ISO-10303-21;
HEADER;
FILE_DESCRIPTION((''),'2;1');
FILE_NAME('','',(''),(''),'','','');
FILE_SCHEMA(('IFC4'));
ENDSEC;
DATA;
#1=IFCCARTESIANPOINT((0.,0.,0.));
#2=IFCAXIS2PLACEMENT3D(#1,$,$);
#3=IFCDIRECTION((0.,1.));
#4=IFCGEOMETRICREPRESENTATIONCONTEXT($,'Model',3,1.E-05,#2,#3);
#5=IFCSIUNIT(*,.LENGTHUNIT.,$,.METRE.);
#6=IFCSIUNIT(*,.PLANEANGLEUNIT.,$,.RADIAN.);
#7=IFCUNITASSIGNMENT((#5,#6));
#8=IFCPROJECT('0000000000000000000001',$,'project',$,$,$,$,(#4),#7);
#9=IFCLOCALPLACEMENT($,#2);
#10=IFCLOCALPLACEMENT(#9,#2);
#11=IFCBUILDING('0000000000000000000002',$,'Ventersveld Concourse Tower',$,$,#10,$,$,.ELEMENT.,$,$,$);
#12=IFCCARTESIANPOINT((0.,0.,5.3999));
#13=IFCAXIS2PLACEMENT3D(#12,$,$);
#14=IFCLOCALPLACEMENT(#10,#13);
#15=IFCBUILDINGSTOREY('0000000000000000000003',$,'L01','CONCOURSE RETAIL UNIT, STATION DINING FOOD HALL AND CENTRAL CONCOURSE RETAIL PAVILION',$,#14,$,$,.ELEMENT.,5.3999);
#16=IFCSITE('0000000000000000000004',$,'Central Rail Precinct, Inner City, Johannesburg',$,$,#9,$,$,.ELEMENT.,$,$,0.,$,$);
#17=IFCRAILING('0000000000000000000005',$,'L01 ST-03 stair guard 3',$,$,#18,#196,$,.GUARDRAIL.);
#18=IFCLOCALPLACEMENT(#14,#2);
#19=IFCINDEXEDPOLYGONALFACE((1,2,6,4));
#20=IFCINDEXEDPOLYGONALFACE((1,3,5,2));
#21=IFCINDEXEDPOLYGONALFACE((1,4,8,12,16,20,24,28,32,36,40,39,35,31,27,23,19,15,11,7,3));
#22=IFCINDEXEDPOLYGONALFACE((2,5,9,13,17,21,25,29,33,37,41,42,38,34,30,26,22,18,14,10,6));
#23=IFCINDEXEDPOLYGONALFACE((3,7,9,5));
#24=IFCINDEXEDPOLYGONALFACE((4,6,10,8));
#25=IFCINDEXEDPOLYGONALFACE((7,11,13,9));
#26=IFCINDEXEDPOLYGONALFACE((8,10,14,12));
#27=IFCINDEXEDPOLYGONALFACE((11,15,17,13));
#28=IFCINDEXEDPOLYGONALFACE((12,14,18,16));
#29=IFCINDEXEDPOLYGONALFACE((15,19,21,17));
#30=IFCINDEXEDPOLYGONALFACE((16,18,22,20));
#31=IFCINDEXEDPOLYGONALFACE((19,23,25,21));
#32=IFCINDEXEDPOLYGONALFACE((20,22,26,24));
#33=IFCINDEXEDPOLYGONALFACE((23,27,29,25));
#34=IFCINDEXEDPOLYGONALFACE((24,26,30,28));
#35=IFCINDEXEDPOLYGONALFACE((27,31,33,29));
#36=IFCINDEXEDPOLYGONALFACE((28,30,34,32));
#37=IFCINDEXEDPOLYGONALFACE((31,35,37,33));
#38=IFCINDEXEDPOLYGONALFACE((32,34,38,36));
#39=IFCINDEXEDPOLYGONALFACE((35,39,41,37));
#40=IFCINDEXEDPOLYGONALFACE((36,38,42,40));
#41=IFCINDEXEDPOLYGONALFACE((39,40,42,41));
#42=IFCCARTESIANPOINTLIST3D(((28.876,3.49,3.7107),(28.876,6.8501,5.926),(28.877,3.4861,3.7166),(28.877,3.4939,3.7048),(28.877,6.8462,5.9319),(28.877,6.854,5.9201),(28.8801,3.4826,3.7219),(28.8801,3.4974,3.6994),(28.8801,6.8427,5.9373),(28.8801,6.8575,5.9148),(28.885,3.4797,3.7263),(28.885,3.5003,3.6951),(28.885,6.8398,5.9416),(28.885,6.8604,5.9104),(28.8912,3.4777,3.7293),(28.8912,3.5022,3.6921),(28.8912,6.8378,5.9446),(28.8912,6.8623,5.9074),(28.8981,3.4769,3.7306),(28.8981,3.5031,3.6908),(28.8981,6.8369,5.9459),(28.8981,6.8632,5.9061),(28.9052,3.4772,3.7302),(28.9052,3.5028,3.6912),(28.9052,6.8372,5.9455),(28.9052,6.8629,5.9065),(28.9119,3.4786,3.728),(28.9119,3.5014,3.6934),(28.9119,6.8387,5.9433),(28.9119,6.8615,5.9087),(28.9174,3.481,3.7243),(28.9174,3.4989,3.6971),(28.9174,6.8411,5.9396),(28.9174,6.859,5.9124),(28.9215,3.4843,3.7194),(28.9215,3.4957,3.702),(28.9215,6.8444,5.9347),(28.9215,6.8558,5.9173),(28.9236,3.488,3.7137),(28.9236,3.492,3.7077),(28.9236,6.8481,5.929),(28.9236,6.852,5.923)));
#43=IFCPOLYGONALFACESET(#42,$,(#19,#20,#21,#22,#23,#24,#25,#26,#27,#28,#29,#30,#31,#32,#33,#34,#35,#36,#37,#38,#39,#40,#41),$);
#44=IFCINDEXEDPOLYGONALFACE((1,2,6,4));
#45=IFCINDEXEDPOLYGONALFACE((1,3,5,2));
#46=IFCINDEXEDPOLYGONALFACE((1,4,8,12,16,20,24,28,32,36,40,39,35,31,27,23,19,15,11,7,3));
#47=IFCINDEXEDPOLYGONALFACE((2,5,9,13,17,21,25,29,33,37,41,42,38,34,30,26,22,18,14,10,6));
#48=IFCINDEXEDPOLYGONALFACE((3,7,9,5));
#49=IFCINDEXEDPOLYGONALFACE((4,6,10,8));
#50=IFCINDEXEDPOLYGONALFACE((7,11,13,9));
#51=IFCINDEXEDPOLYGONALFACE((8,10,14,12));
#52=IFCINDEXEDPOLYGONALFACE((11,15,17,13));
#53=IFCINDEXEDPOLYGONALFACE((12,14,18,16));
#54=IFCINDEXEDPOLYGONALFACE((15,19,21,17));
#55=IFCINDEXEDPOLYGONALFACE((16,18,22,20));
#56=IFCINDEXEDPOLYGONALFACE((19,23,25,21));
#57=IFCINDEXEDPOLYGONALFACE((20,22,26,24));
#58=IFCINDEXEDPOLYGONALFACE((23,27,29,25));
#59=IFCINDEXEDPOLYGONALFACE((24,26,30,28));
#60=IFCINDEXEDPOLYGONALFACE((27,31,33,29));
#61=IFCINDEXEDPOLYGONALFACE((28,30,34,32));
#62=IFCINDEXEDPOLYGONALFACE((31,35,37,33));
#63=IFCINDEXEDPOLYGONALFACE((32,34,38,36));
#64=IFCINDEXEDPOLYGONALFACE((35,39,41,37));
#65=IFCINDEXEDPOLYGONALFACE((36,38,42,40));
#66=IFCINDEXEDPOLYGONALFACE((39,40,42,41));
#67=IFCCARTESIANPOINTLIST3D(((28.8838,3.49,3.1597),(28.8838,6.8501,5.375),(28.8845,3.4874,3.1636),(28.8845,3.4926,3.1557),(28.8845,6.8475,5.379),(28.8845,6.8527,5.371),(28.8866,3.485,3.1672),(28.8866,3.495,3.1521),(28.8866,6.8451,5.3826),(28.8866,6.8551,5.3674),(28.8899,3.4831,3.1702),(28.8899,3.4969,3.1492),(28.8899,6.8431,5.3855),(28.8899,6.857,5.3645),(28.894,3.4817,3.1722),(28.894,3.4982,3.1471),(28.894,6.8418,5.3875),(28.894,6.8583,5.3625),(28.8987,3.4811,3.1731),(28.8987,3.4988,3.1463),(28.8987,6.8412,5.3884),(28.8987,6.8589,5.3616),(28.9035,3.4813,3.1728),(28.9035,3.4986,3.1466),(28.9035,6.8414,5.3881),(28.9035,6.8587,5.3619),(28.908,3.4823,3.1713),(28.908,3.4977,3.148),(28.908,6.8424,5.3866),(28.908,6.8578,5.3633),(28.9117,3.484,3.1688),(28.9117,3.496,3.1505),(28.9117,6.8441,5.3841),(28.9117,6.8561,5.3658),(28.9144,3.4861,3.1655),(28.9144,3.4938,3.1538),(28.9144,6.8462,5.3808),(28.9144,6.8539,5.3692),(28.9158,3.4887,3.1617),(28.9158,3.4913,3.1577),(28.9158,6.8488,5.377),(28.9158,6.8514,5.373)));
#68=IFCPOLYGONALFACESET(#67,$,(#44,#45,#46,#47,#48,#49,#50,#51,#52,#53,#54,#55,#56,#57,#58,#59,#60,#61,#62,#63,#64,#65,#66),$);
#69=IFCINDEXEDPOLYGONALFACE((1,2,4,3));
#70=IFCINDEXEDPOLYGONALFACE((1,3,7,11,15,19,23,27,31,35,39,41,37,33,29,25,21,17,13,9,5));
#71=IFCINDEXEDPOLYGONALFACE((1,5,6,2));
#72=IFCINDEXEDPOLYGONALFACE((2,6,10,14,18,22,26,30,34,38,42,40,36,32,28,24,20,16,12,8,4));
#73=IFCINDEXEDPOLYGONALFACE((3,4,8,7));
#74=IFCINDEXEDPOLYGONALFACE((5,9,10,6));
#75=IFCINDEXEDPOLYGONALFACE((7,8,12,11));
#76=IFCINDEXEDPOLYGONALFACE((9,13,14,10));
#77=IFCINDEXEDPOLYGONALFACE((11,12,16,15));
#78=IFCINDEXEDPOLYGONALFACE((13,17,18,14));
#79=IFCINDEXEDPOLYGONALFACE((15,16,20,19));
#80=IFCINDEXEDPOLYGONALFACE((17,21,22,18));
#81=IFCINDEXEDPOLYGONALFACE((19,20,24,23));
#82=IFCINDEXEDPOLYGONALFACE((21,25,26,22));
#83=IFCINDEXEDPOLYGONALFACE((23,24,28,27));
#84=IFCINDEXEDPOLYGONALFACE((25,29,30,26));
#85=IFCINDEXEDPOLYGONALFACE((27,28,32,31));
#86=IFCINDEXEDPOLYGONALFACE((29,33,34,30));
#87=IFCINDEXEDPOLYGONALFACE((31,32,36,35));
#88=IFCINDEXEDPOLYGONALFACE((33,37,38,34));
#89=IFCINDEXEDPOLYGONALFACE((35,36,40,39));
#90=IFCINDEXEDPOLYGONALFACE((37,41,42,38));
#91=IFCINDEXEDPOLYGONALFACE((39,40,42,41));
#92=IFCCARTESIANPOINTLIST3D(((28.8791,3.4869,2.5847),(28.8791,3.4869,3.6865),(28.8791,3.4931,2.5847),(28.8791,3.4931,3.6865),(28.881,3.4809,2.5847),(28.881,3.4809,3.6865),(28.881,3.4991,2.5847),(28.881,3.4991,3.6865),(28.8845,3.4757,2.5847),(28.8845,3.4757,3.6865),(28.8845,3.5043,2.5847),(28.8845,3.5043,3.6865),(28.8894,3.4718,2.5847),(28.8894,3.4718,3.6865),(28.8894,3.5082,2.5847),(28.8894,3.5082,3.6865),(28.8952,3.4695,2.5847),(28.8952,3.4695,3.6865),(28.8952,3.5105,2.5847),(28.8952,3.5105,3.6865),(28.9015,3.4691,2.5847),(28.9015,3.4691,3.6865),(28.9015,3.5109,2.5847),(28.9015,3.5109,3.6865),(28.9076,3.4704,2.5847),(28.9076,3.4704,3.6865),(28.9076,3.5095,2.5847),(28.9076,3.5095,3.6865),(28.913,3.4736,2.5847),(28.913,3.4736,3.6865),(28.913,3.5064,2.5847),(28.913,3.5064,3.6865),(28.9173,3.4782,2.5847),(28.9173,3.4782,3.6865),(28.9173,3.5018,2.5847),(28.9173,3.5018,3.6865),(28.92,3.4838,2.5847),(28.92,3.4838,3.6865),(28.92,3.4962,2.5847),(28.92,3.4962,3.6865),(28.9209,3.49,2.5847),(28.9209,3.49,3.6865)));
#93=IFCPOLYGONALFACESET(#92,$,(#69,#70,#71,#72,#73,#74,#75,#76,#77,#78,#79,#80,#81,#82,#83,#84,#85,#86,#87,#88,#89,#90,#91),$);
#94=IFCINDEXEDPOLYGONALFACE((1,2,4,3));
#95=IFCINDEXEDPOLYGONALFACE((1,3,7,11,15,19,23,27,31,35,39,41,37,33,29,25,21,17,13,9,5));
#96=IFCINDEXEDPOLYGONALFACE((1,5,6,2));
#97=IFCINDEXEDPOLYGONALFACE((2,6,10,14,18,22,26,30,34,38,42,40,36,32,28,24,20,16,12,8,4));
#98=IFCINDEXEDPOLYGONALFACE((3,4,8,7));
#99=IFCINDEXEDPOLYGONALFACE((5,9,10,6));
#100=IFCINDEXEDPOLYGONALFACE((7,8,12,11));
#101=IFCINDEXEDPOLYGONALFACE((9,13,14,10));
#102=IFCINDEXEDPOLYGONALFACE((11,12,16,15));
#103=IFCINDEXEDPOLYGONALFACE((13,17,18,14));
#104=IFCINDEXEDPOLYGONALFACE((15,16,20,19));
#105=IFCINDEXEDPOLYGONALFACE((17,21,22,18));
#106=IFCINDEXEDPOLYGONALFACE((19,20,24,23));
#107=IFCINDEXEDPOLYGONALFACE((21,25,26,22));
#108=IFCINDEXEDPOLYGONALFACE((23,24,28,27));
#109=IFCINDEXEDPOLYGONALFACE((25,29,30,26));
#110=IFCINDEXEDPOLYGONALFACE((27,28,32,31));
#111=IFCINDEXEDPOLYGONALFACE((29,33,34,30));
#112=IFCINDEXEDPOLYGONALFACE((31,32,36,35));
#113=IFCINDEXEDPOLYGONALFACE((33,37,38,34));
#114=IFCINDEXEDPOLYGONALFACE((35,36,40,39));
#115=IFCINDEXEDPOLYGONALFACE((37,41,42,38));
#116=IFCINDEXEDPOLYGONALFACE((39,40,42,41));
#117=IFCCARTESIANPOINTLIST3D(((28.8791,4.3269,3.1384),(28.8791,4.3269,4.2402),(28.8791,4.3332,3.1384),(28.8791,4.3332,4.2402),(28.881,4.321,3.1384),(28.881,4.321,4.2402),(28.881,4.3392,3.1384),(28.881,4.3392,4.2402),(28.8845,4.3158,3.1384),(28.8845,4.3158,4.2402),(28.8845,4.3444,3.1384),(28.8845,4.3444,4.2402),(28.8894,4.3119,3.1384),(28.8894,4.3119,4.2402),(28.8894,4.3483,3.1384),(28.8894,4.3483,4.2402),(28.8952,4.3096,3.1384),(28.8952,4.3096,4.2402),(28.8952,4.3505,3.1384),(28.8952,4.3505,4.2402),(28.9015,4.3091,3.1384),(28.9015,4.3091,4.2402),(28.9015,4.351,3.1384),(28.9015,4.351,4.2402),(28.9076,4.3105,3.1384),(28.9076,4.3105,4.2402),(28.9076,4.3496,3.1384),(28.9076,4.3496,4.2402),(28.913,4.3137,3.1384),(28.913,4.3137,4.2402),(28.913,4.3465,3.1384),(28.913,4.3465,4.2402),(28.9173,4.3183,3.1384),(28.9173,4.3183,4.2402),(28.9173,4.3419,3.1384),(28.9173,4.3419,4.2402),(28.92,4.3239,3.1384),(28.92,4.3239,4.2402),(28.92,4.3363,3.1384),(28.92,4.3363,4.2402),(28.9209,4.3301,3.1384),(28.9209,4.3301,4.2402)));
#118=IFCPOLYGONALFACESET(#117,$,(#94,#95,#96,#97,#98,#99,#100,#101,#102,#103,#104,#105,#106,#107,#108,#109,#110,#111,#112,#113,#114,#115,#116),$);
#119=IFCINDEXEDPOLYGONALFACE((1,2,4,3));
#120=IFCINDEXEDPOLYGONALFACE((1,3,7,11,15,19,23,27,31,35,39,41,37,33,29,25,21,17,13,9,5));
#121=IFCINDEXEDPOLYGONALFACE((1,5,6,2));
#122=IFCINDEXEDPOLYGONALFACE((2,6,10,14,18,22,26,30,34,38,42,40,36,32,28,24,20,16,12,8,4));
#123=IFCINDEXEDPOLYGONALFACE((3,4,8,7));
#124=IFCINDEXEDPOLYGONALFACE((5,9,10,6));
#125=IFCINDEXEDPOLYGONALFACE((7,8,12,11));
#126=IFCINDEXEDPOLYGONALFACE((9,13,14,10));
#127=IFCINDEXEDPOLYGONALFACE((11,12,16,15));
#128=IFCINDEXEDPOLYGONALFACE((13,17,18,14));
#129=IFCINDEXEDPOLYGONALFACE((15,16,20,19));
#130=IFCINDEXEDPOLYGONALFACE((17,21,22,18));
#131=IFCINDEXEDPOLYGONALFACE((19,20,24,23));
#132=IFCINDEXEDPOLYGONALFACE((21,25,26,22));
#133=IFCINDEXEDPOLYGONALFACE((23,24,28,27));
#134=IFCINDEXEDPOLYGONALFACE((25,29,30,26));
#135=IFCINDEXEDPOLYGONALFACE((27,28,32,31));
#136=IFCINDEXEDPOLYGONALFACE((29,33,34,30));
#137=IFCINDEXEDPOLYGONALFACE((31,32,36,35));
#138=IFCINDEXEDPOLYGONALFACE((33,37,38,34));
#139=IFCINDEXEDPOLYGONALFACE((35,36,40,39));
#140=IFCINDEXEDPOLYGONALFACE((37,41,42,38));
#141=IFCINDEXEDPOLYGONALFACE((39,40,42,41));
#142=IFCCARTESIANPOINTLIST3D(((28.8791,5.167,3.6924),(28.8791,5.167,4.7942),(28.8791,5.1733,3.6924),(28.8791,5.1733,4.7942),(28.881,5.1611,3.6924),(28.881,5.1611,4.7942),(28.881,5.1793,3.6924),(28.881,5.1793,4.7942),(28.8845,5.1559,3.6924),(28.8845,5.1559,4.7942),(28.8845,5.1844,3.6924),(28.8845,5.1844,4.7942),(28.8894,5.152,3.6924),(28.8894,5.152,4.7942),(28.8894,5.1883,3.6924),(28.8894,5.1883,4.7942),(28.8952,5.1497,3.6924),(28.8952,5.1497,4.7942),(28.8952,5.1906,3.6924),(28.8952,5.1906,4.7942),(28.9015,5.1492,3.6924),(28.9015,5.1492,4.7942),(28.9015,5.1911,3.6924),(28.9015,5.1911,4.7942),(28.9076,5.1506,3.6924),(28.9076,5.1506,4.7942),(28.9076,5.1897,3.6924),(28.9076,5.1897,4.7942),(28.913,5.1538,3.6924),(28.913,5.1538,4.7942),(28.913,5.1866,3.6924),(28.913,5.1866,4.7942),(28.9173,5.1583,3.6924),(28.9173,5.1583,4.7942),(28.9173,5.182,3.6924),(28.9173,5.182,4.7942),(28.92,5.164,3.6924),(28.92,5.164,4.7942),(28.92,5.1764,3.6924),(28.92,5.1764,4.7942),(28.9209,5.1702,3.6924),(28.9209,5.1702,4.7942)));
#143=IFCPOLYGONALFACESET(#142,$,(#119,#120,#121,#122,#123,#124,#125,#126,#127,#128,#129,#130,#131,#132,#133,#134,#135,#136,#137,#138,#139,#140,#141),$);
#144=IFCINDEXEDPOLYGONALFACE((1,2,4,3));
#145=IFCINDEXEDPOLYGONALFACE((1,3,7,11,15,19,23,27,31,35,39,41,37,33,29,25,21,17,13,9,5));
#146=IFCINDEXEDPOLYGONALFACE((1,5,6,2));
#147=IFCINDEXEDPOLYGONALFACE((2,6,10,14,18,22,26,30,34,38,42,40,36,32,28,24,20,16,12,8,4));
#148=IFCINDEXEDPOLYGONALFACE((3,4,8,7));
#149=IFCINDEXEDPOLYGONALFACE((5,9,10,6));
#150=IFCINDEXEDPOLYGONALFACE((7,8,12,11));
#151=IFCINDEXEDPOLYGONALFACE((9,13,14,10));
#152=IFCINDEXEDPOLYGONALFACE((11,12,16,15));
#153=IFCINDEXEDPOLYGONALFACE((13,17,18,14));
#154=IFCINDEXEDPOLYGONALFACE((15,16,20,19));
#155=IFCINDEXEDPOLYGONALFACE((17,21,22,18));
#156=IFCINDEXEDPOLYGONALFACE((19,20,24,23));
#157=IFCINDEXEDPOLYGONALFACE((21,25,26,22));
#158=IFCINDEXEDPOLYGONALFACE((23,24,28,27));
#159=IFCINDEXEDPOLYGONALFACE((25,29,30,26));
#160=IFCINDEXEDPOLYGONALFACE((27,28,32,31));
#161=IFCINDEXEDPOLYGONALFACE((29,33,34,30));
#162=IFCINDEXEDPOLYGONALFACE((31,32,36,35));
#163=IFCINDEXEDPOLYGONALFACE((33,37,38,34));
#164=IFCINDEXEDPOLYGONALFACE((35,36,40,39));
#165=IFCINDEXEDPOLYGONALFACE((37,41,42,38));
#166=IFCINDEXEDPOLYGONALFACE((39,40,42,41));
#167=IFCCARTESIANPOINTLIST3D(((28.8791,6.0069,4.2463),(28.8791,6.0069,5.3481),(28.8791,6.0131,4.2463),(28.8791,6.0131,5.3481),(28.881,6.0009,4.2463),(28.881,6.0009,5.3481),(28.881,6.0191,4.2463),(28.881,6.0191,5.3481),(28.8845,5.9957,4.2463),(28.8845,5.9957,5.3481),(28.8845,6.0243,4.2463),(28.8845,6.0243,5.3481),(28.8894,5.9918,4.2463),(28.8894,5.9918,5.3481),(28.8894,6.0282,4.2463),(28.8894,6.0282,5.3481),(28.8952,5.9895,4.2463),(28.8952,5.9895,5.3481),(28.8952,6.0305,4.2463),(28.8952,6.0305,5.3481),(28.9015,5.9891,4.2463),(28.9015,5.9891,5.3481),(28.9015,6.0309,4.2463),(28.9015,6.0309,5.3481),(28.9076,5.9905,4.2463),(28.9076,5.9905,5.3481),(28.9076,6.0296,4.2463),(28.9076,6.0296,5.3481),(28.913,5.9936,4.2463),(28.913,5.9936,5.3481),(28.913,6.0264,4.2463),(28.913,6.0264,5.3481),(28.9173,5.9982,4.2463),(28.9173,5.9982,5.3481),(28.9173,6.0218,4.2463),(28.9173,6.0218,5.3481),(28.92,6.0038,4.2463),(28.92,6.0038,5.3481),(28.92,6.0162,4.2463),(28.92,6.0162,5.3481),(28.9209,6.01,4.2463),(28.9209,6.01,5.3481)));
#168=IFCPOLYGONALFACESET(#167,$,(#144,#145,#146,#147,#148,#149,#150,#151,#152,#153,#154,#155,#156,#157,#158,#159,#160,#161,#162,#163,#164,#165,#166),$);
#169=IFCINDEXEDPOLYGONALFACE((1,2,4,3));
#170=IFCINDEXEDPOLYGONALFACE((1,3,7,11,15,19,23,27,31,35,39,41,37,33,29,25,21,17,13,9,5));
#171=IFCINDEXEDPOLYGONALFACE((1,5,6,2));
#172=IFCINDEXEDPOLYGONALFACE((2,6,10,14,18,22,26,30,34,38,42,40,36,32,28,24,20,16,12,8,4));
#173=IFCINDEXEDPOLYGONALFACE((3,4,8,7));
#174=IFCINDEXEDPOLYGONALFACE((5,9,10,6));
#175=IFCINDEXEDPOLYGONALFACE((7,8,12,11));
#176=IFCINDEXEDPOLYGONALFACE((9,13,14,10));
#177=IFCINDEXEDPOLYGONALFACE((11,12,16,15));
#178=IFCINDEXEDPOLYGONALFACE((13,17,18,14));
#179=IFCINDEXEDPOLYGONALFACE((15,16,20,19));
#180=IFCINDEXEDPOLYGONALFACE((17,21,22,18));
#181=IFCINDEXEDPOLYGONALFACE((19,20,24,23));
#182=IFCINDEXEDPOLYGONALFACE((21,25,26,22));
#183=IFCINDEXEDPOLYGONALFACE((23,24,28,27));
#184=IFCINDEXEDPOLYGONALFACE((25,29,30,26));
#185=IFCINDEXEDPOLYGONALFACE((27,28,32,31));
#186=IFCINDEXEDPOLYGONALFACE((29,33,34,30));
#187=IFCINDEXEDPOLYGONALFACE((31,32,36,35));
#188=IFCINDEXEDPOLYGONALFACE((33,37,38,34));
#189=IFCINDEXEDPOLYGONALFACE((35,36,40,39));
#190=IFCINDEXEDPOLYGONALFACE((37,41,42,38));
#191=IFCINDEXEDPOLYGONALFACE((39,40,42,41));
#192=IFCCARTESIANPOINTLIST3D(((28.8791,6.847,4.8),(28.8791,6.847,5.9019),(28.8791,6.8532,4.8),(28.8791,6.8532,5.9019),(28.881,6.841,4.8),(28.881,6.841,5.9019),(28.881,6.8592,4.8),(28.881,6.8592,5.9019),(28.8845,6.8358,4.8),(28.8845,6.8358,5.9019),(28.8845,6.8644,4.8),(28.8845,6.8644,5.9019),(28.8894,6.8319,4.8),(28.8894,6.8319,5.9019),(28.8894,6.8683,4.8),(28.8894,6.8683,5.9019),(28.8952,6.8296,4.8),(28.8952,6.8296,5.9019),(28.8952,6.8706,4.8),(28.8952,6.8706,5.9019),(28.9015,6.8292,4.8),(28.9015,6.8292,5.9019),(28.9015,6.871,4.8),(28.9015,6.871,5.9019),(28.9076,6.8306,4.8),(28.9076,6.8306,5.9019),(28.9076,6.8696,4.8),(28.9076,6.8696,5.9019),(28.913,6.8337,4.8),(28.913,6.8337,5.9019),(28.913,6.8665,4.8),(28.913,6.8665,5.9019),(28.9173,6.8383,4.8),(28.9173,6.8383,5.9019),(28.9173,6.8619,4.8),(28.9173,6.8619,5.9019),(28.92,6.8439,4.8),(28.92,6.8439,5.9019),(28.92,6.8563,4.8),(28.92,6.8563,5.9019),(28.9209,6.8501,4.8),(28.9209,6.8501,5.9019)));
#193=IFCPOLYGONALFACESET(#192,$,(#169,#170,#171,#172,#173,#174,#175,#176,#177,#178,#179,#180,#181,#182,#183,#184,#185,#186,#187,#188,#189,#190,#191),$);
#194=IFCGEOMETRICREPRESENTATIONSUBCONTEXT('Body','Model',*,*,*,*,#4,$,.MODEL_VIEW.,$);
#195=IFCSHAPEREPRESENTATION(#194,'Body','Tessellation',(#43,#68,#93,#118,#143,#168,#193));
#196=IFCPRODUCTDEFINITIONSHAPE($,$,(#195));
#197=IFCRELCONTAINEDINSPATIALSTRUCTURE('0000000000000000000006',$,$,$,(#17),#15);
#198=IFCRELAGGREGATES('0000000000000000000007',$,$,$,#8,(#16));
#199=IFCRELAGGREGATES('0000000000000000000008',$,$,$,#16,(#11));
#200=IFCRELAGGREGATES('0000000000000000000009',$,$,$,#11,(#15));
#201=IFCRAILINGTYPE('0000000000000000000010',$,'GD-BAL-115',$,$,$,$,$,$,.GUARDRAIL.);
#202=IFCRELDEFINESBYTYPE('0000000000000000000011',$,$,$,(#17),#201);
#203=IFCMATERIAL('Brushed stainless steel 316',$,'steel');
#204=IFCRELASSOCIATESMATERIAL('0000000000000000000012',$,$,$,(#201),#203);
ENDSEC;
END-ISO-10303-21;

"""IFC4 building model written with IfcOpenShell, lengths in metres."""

from ifc_helpers import new_model, si_unit, direction, frame, origin, origin_2d, place, context, subcontext, project, spatial, circle, extrude, material, type_object, element, save


model = new_model("IFC4")

# Units and contexts
model_context = context("Model", 3, precision=1e-05, world=origin(), true_north=direction((0.0, 1.0)))
body_context = subcontext(model_context, "Body", "Model", "MODEL_VIEW")
ifc_project = project(units=[si_unit("LENGTHUNIT", "METRE"), si_unit("PLANEANGLEUNIT", "RADIAN")], contexts=[model_context])

# Site, building, storey
site_placement = place(None, origin())
site = spatial("IfcSite", under=ifc_project, at=site_placement, Name="Central Rail Precinct, Inner City, Johannesburg", CompositionType="ELEMENT", RefElevation=0.0)
building_placement = place(site_placement, origin())
building = spatial("IfcBuilding", under=site, at=building_placement, Name="Ventersveld Concourse Tower", CompositionType="ELEMENT")
storey_placement = place(building_placement, frame((0.0, 0.0, 5.3999)))
storey = spatial("IfcBuildingStorey", under=building, at=storey_placement, Name="L01", Description="CONCOURSE RETAIL UNIT, STATION DINING FOOD HALL AND CENTRAL CONCOURSE RETAIL PAVILION", CompositionType="ELEMENT", Elevation=5.3999)

# Shared definitions
ifc_material_1 = material(Name="Brushed stainless steel 316", Category="steel")

# Railing
railing_type_1 = type_object("IfcRailingType", Name="GD-BAL-115", PredefinedType="GUARDRAIL", material=ifc_material_1)
railing_1_placement = place(storey_placement, frame((28.8999, 3.49, 2.5847)))
element("IfcRailing", 1, at=railing_1_placement, inside=storey, type_object=railing_type_1, Name="L01 ST-03 stair guard 3", PredefinedType="GUARDRAIL", context=body_context, shape_type="SweptSolid", body=[
    extrude(circle(Radius=0.0239, at=origin_2d()), frame((0.0, 0.0, 1.126), z_axis=(0.0, 0.834876, 0.550437), x_axis=(-1.0, 0.0, 0.0)), (0.0, 0.0, 1.0), 4.0247),
    extrude(circle(Radius=0.0161, at=origin_2d()), frame((0.0, 0.0, 0.575), z_axis=(0.0, 0.834876, 0.550437), x_axis=(-1.0, 0.0, 0.0)), (0.0, 0.0, 1.0), 4.0247),
    extrude(circle(Radius=0.021, at=origin_2d()), origin(), (0.0, 0.0, 1.0), 1.1018),
    extrude(circle(Radius=0.021, at=origin_2d()), frame((0.0, 0.8401, 0.5537)), (0.0, 0.0, 1.0), 1.1018),
    extrude(circle(Radius=0.021, at=origin_2d()), frame((0.0, 1.6802, 1.1077)), (0.0, 0.0, 1.0), 1.1018),
    extrude(circle(Radius=0.021, at=origin_2d()), frame((0.0, 2.52, 1.6616)), (0.0, 0.0, 1.0), 1.1018),
    extrude(circle(Radius=0.021, at=origin_2d()), frame((0.0, 3.3601, 2.2153)), (0.0, 0.0, 1.0), 1.1018),
])

save(model, "model.ifc")
